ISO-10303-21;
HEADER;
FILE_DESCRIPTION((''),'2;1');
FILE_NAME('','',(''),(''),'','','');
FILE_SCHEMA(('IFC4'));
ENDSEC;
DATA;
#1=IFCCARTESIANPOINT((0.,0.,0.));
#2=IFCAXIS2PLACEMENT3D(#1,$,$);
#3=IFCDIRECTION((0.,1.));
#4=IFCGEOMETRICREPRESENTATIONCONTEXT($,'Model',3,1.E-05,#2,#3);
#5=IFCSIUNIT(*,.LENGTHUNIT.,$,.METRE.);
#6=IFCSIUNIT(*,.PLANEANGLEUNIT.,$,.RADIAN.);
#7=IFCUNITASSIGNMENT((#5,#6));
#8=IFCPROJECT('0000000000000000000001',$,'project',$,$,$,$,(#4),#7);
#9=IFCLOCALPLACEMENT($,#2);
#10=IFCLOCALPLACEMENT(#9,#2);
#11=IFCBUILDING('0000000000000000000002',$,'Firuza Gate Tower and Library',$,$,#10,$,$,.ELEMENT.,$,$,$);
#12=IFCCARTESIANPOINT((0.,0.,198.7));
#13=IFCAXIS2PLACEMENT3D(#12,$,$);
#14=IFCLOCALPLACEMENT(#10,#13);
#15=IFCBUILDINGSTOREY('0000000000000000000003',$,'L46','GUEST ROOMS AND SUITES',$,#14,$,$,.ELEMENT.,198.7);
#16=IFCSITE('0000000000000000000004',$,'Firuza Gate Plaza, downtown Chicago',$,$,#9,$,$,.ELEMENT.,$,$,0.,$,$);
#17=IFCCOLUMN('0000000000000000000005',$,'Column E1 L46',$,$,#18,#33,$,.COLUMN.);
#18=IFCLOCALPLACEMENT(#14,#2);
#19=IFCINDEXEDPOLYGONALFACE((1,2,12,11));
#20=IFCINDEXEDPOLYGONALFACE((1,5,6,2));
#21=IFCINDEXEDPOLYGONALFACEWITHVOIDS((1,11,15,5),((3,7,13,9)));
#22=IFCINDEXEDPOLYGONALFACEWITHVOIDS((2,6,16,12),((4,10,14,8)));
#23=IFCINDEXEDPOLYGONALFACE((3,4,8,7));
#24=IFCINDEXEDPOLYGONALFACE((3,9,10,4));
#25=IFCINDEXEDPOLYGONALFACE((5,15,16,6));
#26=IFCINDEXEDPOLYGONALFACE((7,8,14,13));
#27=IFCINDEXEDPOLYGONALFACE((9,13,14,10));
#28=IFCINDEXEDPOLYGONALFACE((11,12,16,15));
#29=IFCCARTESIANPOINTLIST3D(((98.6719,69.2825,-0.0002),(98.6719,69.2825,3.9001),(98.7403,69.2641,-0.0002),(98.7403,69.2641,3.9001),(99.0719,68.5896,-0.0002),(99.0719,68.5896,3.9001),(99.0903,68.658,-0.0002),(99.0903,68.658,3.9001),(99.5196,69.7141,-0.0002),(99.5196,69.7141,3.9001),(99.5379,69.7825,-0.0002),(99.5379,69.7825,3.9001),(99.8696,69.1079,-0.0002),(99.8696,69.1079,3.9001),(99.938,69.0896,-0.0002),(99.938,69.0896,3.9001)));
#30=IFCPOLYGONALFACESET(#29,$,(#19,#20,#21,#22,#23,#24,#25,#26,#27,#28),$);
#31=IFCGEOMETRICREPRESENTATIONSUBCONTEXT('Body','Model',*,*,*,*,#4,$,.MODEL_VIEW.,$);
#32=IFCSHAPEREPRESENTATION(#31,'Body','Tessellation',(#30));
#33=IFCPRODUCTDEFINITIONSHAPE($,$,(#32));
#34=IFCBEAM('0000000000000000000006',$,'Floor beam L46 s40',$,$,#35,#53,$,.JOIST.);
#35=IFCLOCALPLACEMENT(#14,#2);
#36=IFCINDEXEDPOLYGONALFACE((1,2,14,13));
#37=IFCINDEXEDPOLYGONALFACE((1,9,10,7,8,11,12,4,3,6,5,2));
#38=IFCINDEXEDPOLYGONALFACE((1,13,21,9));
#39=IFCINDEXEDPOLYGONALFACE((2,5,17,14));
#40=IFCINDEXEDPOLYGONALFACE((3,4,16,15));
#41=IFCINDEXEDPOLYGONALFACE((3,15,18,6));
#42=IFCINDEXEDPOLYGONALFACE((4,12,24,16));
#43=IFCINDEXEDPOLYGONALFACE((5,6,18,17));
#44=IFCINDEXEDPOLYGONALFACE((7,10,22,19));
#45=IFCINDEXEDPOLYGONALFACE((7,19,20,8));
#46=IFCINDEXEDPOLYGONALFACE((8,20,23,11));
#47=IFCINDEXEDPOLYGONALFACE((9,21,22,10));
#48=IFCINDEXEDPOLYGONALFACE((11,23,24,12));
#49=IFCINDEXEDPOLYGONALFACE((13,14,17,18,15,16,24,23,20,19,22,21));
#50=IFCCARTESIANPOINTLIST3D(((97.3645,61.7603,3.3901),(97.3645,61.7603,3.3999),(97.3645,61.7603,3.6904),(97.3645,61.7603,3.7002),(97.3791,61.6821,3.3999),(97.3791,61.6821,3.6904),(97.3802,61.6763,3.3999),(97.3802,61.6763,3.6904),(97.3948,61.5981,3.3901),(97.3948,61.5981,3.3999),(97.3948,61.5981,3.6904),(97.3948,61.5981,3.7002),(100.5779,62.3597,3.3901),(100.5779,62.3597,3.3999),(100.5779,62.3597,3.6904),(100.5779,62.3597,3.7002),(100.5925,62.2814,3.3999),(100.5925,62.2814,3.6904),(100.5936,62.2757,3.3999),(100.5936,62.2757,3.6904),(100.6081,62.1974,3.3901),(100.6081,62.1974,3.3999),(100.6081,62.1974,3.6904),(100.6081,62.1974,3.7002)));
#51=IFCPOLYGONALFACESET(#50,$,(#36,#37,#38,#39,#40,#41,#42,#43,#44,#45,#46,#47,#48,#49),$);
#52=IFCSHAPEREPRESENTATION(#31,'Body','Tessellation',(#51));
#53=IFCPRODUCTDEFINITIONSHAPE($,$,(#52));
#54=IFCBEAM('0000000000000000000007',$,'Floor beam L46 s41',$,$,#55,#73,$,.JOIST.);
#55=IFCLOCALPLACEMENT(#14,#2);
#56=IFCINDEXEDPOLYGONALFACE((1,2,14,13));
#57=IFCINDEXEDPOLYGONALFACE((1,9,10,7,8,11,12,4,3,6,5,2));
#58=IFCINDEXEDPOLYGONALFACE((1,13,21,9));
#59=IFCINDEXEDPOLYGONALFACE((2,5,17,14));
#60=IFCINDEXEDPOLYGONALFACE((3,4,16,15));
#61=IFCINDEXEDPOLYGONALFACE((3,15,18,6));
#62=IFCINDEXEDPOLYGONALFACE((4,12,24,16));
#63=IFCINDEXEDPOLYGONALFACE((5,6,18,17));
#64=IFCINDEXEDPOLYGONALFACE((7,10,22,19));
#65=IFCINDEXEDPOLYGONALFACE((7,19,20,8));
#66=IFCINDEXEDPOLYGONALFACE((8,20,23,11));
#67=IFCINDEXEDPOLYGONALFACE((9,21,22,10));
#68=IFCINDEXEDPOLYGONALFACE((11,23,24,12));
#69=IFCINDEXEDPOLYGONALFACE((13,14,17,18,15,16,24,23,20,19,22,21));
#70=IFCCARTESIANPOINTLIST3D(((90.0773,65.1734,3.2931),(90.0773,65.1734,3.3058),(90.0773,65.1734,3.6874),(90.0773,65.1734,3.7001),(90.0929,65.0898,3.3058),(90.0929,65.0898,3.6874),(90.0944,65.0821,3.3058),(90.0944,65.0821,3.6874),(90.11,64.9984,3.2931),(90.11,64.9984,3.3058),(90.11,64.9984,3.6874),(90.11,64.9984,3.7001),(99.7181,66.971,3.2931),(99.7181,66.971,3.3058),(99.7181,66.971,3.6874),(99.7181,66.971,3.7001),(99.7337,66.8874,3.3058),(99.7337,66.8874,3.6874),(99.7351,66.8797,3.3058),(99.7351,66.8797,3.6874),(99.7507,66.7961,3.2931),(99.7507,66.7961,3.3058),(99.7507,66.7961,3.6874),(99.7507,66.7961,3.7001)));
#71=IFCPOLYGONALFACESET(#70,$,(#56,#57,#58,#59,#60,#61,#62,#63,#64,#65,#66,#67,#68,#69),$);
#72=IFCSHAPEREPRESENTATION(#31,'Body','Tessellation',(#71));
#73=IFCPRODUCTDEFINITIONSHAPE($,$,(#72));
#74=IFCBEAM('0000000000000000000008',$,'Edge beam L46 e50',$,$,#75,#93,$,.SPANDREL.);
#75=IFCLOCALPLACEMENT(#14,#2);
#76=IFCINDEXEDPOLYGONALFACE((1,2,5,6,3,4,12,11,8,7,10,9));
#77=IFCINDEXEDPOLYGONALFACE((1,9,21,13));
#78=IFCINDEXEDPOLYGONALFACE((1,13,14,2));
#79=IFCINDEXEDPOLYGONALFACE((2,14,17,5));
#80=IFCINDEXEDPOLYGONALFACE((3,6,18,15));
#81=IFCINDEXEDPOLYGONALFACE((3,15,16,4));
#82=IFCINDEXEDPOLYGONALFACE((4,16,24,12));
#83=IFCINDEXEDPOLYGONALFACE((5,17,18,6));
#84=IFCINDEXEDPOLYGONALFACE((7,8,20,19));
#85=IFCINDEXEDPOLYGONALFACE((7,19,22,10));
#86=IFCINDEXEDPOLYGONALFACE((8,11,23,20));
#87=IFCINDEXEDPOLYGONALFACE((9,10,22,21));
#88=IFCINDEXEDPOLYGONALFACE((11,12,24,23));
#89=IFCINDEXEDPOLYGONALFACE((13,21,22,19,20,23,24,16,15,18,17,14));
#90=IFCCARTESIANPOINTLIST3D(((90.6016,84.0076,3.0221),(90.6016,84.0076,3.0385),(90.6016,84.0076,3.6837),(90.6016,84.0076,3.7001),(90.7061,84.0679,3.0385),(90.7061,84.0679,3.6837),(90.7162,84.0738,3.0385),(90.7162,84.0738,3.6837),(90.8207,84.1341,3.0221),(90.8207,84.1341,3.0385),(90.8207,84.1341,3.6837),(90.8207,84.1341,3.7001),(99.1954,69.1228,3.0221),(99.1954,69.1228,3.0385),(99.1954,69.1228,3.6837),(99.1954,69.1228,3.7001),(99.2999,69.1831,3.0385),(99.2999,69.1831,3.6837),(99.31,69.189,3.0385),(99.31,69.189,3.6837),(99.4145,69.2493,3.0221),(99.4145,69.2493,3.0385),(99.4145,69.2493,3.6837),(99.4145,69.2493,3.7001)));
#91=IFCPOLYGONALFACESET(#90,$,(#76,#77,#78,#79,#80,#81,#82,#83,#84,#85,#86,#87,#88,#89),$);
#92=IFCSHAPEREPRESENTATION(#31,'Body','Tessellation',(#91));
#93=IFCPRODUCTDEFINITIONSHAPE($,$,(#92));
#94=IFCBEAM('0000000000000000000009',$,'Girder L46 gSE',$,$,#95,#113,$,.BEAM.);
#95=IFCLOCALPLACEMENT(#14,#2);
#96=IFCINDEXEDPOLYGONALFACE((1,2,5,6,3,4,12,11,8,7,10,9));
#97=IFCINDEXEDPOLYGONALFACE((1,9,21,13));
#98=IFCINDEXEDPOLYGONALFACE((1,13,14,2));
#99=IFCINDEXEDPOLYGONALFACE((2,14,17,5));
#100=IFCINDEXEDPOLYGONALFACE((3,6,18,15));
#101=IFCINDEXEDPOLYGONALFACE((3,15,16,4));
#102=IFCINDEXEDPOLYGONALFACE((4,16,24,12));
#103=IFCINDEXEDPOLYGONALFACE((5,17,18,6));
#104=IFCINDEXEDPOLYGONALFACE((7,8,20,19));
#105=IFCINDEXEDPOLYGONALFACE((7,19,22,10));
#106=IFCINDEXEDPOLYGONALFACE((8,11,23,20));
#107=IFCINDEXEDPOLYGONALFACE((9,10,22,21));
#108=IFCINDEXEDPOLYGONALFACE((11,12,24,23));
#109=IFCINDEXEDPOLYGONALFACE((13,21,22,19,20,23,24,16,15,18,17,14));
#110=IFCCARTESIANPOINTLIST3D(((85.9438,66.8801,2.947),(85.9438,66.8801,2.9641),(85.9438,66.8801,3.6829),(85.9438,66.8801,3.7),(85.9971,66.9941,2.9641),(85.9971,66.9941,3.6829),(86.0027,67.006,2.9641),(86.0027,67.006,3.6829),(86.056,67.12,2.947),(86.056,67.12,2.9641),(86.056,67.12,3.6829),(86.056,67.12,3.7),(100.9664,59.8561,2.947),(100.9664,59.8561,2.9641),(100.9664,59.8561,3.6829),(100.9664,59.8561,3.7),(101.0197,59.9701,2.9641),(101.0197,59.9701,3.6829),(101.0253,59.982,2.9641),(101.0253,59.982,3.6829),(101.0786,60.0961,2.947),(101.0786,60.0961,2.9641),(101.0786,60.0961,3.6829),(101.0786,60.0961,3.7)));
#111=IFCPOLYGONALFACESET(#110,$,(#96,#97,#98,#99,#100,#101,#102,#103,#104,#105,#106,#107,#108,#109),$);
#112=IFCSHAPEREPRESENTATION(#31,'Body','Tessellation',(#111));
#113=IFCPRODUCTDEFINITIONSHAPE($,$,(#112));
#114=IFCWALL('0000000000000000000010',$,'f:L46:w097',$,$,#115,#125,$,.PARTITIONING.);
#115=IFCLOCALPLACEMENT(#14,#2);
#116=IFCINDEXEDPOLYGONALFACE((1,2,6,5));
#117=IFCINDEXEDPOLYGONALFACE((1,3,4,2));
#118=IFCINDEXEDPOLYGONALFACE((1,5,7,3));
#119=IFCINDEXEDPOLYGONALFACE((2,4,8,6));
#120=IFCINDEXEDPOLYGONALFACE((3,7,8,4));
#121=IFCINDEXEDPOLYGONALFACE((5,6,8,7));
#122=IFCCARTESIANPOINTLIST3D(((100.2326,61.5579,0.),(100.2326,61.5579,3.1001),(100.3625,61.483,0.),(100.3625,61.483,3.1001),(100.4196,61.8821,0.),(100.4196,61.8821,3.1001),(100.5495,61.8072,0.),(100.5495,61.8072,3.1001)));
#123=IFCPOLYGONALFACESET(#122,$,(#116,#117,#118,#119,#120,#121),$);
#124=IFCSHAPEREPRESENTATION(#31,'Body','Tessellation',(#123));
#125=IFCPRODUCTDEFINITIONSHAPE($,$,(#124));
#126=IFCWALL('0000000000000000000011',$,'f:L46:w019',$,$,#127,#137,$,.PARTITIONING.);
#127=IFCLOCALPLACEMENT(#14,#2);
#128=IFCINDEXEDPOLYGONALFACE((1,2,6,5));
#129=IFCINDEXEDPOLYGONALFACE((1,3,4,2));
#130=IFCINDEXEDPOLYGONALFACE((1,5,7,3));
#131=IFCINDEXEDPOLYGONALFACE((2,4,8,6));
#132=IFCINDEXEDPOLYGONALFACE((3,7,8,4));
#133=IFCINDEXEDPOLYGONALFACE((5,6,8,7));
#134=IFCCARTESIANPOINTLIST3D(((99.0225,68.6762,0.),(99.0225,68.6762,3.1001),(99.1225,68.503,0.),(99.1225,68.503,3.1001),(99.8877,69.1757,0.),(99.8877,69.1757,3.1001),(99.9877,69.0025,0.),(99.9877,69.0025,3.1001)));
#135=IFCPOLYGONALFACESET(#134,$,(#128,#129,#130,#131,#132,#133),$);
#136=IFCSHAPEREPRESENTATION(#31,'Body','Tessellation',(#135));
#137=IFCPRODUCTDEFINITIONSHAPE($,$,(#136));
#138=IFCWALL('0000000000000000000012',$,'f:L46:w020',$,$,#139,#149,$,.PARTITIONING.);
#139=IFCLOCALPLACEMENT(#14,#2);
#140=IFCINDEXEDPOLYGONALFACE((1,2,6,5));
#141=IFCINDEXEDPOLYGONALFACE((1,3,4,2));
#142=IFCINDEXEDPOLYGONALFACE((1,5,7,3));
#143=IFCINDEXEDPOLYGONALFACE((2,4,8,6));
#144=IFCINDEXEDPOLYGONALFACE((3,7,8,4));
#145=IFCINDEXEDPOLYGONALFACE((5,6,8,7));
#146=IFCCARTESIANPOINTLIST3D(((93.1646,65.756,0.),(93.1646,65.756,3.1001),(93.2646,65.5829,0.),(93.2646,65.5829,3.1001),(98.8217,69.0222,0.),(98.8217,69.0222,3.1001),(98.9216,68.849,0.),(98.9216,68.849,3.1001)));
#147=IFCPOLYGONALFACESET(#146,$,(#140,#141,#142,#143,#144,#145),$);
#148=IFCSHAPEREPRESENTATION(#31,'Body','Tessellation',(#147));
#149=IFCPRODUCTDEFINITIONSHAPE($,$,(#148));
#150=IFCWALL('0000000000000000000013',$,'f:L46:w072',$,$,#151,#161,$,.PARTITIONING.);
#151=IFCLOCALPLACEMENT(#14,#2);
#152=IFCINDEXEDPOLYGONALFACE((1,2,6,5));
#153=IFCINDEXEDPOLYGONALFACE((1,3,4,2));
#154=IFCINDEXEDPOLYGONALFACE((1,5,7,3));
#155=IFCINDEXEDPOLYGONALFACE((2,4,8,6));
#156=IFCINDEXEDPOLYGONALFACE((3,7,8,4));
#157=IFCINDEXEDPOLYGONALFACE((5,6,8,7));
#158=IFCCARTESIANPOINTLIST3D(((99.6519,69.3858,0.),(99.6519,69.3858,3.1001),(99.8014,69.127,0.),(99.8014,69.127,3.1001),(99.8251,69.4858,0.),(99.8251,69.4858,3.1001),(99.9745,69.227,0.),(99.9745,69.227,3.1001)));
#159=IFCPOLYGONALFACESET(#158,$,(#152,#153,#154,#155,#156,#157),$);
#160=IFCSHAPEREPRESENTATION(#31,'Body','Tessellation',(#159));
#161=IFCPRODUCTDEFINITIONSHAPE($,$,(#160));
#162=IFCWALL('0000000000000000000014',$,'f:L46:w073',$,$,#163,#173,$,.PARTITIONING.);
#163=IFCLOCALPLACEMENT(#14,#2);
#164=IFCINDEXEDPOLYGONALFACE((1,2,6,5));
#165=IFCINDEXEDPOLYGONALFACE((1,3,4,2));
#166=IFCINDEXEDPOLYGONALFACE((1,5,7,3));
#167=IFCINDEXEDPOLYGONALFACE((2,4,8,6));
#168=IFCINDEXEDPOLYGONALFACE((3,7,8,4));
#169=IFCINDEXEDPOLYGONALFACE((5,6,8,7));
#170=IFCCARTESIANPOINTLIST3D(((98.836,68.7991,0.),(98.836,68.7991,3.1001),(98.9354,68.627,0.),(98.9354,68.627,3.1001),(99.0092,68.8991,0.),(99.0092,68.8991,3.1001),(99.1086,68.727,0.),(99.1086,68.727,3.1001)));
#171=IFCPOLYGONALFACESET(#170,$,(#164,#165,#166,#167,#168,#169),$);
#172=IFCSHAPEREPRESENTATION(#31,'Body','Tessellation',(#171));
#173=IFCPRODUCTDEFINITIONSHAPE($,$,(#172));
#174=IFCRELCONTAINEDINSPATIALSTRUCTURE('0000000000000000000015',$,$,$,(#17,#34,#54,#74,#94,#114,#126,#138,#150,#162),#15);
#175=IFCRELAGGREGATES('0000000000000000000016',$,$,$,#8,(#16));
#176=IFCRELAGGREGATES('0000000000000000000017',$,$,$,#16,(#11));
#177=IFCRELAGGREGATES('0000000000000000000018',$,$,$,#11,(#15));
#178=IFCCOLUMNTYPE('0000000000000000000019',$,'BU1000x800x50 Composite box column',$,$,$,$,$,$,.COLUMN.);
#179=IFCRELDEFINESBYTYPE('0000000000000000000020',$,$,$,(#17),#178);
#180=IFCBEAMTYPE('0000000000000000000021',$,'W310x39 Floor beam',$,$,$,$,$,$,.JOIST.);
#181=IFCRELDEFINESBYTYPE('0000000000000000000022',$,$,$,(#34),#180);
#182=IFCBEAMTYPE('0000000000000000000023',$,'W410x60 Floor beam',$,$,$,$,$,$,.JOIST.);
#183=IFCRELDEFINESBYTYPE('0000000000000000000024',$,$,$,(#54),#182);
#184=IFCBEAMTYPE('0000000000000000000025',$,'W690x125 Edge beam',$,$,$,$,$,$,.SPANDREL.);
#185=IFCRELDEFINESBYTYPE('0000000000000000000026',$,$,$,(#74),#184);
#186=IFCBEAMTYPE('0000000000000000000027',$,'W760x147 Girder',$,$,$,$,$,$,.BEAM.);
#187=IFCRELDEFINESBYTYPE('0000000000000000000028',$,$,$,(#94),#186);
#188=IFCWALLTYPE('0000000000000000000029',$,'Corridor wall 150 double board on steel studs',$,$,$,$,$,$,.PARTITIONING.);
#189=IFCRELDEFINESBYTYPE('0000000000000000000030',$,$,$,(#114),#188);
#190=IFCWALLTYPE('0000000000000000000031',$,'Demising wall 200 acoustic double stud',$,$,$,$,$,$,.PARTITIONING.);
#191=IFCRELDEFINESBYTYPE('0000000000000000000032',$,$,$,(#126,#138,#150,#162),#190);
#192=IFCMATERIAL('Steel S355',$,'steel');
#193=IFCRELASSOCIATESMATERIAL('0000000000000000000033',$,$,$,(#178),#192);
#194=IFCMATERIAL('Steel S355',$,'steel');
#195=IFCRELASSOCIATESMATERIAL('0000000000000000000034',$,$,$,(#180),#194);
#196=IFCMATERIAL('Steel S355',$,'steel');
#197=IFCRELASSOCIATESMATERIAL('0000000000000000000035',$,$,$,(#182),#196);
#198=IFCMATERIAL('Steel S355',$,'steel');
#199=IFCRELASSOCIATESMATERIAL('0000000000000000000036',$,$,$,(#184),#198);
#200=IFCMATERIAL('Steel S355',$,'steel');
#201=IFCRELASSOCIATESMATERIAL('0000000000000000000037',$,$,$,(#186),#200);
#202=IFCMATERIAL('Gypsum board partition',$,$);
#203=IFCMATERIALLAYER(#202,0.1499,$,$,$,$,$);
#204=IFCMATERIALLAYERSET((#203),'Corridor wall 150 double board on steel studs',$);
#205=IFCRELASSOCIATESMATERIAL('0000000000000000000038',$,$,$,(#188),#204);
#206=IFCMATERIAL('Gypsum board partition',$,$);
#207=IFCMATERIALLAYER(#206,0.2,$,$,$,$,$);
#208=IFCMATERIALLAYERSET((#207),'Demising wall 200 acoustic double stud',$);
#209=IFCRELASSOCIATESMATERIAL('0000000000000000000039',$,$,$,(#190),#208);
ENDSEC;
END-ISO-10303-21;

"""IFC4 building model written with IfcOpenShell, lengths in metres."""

from ifc_helpers import new_model, si_unit, direction, frame, frame_2d, origin, origin_2d, place, context, subcontext, project, spatial, rectangle, hollow_rectangle, i_section, extrude, material, layer, layer_set, material_profile, profile_set, type_object, element, save


model = new_model("IFC4")

# Units and contexts
model_context = context("Model", 3, precision=1e-05, world=origin(), true_north=direction((0.0, 1.0)))
body_context = subcontext(model_context, "Body", "Model", "MODEL_VIEW")
ifc_project = project(units=[si_unit("LENGTHUNIT", "METRE"), si_unit("PLANEANGLEUNIT", "RADIAN")], contexts=[model_context])

# Site, building, storey
site_placement = place(None, origin())
site = spatial("IfcSite", under=ifc_project, at=site_placement, Name="Firuza Gate Plaza, downtown Chicago", CompositionType="ELEMENT", RefElevation=0.0)
building_placement = place(site_placement, origin())
building = spatial("IfcBuilding", under=site, at=building_placement, Name="Firuza Gate Tower and Library", CompositionType="ELEMENT")
storey_placement = place(building_placement, frame((0.0, 0.0, 198.7)))
storey = spatial("IfcBuildingStorey", under=building, at=storey_placement, Name="L46", Description="GUEST ROOMS AND SUITES", CompositionType="ELEMENT", Elevation=198.7)

# Column
ifc_material_1 = material(Name="Steel S355", Category="steel")
ifc_material_profile_1 = material_profile(ifc_material_1, hollow_rectangle(XDim=0.8, YDim=1.0, WallThickness=0.05, at=origin_2d()))
ifc_profile_set_1 = profile_set([ifc_material_profile_1], Name="Steel S355")
column_type = type_object("IfcColumnType", Name="BU1000x800x50 Composite box column", PredefinedType="COLUMN", material=ifc_profile_set_1)
column_placement = place(storey_placement, frame((99.3049, 69.186, -0.0002), z_axis=(0.0, 0.0, 1.0), x_axis=(-0.5, 0.866025, 0.0)))
element("IfcColumn", 1, at=column_placement, inside=storey, type_object=column_type, Name="Column E1 L46", PredefinedType="COLUMN", context=body_context, shape_type="SweptSolid", body=[
    extrude(hollow_rectangle(XDim=0.8, YDim=1.0, WallThickness=0.05, at=origin_2d()), origin(), (0.0, 0.0, 1.0), 3.9004),
])

# Beams
ifc_material_2 = material(Name="Steel S355", Category="steel")
ifc_material_profile_2 = material_profile(ifc_material_2, i_section(OverallWidth=0.165, OverallDepth=0.3101, WebThickness=0.0059, FlangeThickness=0.0098, at=origin_2d()))
ifc_profile_set_2 = profile_set([ifc_material_profile_2], Name="Steel S355")
beam_type_1 = type_object("IfcBeamType", Name="W310x39 Floor beam", PredefinedType="JOIST", material=ifc_profile_set_2)
beam_1_placement = place(storey_placement, frame((100.593, 62.2786, 3.5452), z_axis=(-0.983046, -0.18336, 0.0), x_axis=(0.18336, -0.983046, 0.0)))
element("IfcBeam", 2, at=beam_1_placement, inside=storey, type_object=beam_type_1, Name="Floor beam L46 s40", PredefinedType="JOIST", context=body_context, shape_type="SweptSolid", body=[
    extrude(i_section(OverallWidth=0.165, OverallDepth=0.3101, WebThickness=0.0059, FlangeThickness=0.0098, at=origin_2d()), origin(), (0.0, 0.0, 1.0), 3.2688),
])
ifc_material_3 = material(Name="Steel S355", Category="steel")
ifc_material_profile_3 = material_profile(ifc_material_3, i_section(OverallWidth=0.178, OverallDepth=0.407, WebThickness=0.0078, FlangeThickness=0.0127, at=origin_2d()))
ifc_profile_set_3 = profile_set([ifc_material_profile_3], Name="Steel S355")
beam_type_2 = type_object("IfcBeamType", Name="W410x60 Floor beam", PredefinedType="JOIST", material=ifc_profile_set_3)
beam_2_placement = place(storey_placement, frame((99.7344, 66.8835, 3.4966), z_axis=(-0.983057, -0.183302, 0.0), x_axis=(0.183302, -0.983057, 0.0)))
element("IfcBeam", 3, at=beam_2_placement, inside=storey, type_object=beam_type_2, Name="Floor beam L46 s41", PredefinedType="JOIST", context=body_context, shape_type="SweptSolid", body=[
    extrude(i_section(OverallWidth=0.178, OverallDepth=0.407, WebThickness=0.0078, FlangeThickness=0.0127, at=origin_2d()), origin(), (0.0, 0.0, 1.0), 9.8069),
])
ifc_material_4 = material(Name="Steel S355", Category="steel")
ifc_material_profile_4 = material_profile(ifc_material_4, i_section(OverallWidth=0.2529, OverallDepth=0.678, WebThickness=0.0117, FlangeThickness=0.0164, at=origin_2d()))
ifc_profile_set_4 = profile_set([ifc_material_profile_4], Name="Steel S355")
beam_type_3 = type_object("IfcBeamType", Name="W690x125 Edge beam", PredefinedType="SPANDREL", material=ifc_profile_set_4)
beam_3_placement = place(storey_placement, frame((99.3049, 69.186, 3.3611), z_axis=(-0.500001, 0.866025, 0.0), x_axis=(-0.866025, -0.500001, 0.0)))
element("IfcBeam", 4, at=beam_3_placement, inside=storey, type_object=beam_type_3, Name="Edge beam L46 e50", PredefinedType="SPANDREL", context=body_context, shape_type="SweptSolid", body=[
    extrude(i_section(OverallWidth=0.2529, OverallDepth=0.678, WebThickness=0.0117, FlangeThickness=0.0164, at=origin_2d()), origin(), (0.0, 0.0, 1.0), 17.1875),
])
ifc_material_5 = material(Name="Steel S355", Category="steel")
ifc_material_profile_5 = material_profile(ifc_material_5, i_section(OverallWidth=0.2649, OverallDepth=0.7529, WebThickness=0.0132, FlangeThickness=0.0171, at=origin_2d()))
ifc_profile_set_5 = profile_set([ifc_material_profile_5], Name="Steel S355")
beam_type_4 = type_object("IfcBeamType", Name="W760x147 Girder", PredefinedType="BEAM", material=ifc_profile_set_5)
beam_4_placement = place(storey_placement, frame((101.0225, 59.9761, 3.3235), z_axis=(-0.905872, 0.423551, 0.0), x_axis=(-0.423551, -0.905872, 0.0)))
element("IfcBeam", 5, at=beam_4_placement, inside=storey, type_object=beam_type_4, Name="Girder L46 gSE", PredefinedType="BEAM", context=body_context, shape_type="SweptSolid", body=[
    extrude(i_section(OverallWidth=0.2649, OverallDepth=0.7529, WebThickness=0.0132, FlangeThickness=0.0171, at=origin_2d()), origin(), (0.0, 0.0, 1.0), 16.5835),
])

# Walls
ifc_material_6 = material(Name="Gypsum board partition")
ifc_layer_1 = layer(ifc_material_6, 0.1499)
ifc_layer_set_1 = layer_set([ifc_layer_1], Name="Corridor wall 150 double board on steel studs")
wall_type_1 = type_object("IfcWallType", Name="Corridor wall 150 double board on steel studs", PredefinedType="PARTITIONING", material=ifc_layer_set_1)
wall_1_placement = place(storey_placement, frame((100.2976, 61.5205, 0.0), z_axis=(0.0, 0.0, 1.0), x_axis=(0.499647, 0.866229, 0.0)))
element("IfcWall", 6, at=wall_1_placement, inside=storey, type_object=wall_type_1, Name="f:L46:w097", PredefinedType="PARTITIONING", context=body_context, shape_type="SweptSolid", body=[
    extrude(rectangle(XDim=0.3743, YDim=0.1499, at=frame_2d((0.187, 0.0))), origin(), (0.0, 0.0, 1.0), 3.1001),
])
ifc_material_7 = material(Name="Gypsum board partition")
ifc_layer_2 = layer(ifc_material_7, 0.2)
ifc_layer_set_2 = layer_set([ifc_layer_2], Name="Demising wall 200 acoustic double stud")
wall_type_2 = type_object("IfcWallType", Name="Demising wall 200 acoustic double stud", PredefinedType="PARTITIONING", material=ifc_layer_set_2)
wall_2_placement = place(storey_placement, frame((99.0725, 68.5896, 0.0), z_axis=(0.0, 0.0, 1.0), x_axis=(0.866039, 0.499976, 0.0)))
element("IfcWall", 7, at=wall_2_placement, inside=storey, type_object=wall_type_2, Name="f:L46:w019", PredefinedType="PARTITIONING", context=body_context, shape_type="SweptSolid", body=[
    extrude(rectangle(XDim=0.999, YDim=0.2, at=frame_2d((0.4995, 0.0))), origin(), (0.0, 0.0, 1.0), 3.1001),
])
wall_3_placement = place(storey_placement, frame((93.2146, 65.6694, 0.0), z_axis=(0.0, 0.0, 1.0), x_axis=(0.866022, 0.500006, 0.0)))
element("IfcWall", 8, at=wall_3_placement, inside=storey, type_object=wall_type_2, Name="f:L46:w020", PredefinedType="PARTITIONING", context=body_context, shape_type="SweptSolid", body=[
    extrude(rectangle(XDim=6.5322, YDim=0.2, at=frame_2d((3.2661, 0.0))), origin(), (0.0, 0.0, 1.0), 3.1001),
])
wall_4_placement = place(storey_placement, frame((99.8879, 69.177, 0.0), z_axis=(0.0, 0.0, 1.0), x_axis=(-0.500005, 0.866022, 0.0)))
element("IfcWall", 9, at=wall_4_placement, inside=storey, type_object=wall_type_2, Name="f:L46:w072", PredefinedType="PARTITIONING", context=body_context, shape_type="SweptSolid", body=[
    extrude(rectangle(XDim=0.2988, YDim=0.2, at=frame_2d((0.1494, 0.0))), origin(), (0.0, 0.0, 1.0), 3.1001),
])
wall_5_placement = place(storey_placement, frame((99.022, 68.677, 0.0), z_axis=(0.0, 0.0, 1.0), x_axis=(-0.499971, 0.866042, 0.0)))
element("IfcWall", 10, at=wall_5_placement, inside=storey, type_object=wall_type_2, Name="f:L46:w073", PredefinedType="PARTITIONING", context=body_context, shape_type="SweptSolid", body=[
    extrude(rectangle(XDim=0.1987, YDim=0.2, at=frame_2d((0.0994, 0.0))), origin(), (0.0, 0.0, 1.0), 3.1001),
])

save(model, "model.ifc")
